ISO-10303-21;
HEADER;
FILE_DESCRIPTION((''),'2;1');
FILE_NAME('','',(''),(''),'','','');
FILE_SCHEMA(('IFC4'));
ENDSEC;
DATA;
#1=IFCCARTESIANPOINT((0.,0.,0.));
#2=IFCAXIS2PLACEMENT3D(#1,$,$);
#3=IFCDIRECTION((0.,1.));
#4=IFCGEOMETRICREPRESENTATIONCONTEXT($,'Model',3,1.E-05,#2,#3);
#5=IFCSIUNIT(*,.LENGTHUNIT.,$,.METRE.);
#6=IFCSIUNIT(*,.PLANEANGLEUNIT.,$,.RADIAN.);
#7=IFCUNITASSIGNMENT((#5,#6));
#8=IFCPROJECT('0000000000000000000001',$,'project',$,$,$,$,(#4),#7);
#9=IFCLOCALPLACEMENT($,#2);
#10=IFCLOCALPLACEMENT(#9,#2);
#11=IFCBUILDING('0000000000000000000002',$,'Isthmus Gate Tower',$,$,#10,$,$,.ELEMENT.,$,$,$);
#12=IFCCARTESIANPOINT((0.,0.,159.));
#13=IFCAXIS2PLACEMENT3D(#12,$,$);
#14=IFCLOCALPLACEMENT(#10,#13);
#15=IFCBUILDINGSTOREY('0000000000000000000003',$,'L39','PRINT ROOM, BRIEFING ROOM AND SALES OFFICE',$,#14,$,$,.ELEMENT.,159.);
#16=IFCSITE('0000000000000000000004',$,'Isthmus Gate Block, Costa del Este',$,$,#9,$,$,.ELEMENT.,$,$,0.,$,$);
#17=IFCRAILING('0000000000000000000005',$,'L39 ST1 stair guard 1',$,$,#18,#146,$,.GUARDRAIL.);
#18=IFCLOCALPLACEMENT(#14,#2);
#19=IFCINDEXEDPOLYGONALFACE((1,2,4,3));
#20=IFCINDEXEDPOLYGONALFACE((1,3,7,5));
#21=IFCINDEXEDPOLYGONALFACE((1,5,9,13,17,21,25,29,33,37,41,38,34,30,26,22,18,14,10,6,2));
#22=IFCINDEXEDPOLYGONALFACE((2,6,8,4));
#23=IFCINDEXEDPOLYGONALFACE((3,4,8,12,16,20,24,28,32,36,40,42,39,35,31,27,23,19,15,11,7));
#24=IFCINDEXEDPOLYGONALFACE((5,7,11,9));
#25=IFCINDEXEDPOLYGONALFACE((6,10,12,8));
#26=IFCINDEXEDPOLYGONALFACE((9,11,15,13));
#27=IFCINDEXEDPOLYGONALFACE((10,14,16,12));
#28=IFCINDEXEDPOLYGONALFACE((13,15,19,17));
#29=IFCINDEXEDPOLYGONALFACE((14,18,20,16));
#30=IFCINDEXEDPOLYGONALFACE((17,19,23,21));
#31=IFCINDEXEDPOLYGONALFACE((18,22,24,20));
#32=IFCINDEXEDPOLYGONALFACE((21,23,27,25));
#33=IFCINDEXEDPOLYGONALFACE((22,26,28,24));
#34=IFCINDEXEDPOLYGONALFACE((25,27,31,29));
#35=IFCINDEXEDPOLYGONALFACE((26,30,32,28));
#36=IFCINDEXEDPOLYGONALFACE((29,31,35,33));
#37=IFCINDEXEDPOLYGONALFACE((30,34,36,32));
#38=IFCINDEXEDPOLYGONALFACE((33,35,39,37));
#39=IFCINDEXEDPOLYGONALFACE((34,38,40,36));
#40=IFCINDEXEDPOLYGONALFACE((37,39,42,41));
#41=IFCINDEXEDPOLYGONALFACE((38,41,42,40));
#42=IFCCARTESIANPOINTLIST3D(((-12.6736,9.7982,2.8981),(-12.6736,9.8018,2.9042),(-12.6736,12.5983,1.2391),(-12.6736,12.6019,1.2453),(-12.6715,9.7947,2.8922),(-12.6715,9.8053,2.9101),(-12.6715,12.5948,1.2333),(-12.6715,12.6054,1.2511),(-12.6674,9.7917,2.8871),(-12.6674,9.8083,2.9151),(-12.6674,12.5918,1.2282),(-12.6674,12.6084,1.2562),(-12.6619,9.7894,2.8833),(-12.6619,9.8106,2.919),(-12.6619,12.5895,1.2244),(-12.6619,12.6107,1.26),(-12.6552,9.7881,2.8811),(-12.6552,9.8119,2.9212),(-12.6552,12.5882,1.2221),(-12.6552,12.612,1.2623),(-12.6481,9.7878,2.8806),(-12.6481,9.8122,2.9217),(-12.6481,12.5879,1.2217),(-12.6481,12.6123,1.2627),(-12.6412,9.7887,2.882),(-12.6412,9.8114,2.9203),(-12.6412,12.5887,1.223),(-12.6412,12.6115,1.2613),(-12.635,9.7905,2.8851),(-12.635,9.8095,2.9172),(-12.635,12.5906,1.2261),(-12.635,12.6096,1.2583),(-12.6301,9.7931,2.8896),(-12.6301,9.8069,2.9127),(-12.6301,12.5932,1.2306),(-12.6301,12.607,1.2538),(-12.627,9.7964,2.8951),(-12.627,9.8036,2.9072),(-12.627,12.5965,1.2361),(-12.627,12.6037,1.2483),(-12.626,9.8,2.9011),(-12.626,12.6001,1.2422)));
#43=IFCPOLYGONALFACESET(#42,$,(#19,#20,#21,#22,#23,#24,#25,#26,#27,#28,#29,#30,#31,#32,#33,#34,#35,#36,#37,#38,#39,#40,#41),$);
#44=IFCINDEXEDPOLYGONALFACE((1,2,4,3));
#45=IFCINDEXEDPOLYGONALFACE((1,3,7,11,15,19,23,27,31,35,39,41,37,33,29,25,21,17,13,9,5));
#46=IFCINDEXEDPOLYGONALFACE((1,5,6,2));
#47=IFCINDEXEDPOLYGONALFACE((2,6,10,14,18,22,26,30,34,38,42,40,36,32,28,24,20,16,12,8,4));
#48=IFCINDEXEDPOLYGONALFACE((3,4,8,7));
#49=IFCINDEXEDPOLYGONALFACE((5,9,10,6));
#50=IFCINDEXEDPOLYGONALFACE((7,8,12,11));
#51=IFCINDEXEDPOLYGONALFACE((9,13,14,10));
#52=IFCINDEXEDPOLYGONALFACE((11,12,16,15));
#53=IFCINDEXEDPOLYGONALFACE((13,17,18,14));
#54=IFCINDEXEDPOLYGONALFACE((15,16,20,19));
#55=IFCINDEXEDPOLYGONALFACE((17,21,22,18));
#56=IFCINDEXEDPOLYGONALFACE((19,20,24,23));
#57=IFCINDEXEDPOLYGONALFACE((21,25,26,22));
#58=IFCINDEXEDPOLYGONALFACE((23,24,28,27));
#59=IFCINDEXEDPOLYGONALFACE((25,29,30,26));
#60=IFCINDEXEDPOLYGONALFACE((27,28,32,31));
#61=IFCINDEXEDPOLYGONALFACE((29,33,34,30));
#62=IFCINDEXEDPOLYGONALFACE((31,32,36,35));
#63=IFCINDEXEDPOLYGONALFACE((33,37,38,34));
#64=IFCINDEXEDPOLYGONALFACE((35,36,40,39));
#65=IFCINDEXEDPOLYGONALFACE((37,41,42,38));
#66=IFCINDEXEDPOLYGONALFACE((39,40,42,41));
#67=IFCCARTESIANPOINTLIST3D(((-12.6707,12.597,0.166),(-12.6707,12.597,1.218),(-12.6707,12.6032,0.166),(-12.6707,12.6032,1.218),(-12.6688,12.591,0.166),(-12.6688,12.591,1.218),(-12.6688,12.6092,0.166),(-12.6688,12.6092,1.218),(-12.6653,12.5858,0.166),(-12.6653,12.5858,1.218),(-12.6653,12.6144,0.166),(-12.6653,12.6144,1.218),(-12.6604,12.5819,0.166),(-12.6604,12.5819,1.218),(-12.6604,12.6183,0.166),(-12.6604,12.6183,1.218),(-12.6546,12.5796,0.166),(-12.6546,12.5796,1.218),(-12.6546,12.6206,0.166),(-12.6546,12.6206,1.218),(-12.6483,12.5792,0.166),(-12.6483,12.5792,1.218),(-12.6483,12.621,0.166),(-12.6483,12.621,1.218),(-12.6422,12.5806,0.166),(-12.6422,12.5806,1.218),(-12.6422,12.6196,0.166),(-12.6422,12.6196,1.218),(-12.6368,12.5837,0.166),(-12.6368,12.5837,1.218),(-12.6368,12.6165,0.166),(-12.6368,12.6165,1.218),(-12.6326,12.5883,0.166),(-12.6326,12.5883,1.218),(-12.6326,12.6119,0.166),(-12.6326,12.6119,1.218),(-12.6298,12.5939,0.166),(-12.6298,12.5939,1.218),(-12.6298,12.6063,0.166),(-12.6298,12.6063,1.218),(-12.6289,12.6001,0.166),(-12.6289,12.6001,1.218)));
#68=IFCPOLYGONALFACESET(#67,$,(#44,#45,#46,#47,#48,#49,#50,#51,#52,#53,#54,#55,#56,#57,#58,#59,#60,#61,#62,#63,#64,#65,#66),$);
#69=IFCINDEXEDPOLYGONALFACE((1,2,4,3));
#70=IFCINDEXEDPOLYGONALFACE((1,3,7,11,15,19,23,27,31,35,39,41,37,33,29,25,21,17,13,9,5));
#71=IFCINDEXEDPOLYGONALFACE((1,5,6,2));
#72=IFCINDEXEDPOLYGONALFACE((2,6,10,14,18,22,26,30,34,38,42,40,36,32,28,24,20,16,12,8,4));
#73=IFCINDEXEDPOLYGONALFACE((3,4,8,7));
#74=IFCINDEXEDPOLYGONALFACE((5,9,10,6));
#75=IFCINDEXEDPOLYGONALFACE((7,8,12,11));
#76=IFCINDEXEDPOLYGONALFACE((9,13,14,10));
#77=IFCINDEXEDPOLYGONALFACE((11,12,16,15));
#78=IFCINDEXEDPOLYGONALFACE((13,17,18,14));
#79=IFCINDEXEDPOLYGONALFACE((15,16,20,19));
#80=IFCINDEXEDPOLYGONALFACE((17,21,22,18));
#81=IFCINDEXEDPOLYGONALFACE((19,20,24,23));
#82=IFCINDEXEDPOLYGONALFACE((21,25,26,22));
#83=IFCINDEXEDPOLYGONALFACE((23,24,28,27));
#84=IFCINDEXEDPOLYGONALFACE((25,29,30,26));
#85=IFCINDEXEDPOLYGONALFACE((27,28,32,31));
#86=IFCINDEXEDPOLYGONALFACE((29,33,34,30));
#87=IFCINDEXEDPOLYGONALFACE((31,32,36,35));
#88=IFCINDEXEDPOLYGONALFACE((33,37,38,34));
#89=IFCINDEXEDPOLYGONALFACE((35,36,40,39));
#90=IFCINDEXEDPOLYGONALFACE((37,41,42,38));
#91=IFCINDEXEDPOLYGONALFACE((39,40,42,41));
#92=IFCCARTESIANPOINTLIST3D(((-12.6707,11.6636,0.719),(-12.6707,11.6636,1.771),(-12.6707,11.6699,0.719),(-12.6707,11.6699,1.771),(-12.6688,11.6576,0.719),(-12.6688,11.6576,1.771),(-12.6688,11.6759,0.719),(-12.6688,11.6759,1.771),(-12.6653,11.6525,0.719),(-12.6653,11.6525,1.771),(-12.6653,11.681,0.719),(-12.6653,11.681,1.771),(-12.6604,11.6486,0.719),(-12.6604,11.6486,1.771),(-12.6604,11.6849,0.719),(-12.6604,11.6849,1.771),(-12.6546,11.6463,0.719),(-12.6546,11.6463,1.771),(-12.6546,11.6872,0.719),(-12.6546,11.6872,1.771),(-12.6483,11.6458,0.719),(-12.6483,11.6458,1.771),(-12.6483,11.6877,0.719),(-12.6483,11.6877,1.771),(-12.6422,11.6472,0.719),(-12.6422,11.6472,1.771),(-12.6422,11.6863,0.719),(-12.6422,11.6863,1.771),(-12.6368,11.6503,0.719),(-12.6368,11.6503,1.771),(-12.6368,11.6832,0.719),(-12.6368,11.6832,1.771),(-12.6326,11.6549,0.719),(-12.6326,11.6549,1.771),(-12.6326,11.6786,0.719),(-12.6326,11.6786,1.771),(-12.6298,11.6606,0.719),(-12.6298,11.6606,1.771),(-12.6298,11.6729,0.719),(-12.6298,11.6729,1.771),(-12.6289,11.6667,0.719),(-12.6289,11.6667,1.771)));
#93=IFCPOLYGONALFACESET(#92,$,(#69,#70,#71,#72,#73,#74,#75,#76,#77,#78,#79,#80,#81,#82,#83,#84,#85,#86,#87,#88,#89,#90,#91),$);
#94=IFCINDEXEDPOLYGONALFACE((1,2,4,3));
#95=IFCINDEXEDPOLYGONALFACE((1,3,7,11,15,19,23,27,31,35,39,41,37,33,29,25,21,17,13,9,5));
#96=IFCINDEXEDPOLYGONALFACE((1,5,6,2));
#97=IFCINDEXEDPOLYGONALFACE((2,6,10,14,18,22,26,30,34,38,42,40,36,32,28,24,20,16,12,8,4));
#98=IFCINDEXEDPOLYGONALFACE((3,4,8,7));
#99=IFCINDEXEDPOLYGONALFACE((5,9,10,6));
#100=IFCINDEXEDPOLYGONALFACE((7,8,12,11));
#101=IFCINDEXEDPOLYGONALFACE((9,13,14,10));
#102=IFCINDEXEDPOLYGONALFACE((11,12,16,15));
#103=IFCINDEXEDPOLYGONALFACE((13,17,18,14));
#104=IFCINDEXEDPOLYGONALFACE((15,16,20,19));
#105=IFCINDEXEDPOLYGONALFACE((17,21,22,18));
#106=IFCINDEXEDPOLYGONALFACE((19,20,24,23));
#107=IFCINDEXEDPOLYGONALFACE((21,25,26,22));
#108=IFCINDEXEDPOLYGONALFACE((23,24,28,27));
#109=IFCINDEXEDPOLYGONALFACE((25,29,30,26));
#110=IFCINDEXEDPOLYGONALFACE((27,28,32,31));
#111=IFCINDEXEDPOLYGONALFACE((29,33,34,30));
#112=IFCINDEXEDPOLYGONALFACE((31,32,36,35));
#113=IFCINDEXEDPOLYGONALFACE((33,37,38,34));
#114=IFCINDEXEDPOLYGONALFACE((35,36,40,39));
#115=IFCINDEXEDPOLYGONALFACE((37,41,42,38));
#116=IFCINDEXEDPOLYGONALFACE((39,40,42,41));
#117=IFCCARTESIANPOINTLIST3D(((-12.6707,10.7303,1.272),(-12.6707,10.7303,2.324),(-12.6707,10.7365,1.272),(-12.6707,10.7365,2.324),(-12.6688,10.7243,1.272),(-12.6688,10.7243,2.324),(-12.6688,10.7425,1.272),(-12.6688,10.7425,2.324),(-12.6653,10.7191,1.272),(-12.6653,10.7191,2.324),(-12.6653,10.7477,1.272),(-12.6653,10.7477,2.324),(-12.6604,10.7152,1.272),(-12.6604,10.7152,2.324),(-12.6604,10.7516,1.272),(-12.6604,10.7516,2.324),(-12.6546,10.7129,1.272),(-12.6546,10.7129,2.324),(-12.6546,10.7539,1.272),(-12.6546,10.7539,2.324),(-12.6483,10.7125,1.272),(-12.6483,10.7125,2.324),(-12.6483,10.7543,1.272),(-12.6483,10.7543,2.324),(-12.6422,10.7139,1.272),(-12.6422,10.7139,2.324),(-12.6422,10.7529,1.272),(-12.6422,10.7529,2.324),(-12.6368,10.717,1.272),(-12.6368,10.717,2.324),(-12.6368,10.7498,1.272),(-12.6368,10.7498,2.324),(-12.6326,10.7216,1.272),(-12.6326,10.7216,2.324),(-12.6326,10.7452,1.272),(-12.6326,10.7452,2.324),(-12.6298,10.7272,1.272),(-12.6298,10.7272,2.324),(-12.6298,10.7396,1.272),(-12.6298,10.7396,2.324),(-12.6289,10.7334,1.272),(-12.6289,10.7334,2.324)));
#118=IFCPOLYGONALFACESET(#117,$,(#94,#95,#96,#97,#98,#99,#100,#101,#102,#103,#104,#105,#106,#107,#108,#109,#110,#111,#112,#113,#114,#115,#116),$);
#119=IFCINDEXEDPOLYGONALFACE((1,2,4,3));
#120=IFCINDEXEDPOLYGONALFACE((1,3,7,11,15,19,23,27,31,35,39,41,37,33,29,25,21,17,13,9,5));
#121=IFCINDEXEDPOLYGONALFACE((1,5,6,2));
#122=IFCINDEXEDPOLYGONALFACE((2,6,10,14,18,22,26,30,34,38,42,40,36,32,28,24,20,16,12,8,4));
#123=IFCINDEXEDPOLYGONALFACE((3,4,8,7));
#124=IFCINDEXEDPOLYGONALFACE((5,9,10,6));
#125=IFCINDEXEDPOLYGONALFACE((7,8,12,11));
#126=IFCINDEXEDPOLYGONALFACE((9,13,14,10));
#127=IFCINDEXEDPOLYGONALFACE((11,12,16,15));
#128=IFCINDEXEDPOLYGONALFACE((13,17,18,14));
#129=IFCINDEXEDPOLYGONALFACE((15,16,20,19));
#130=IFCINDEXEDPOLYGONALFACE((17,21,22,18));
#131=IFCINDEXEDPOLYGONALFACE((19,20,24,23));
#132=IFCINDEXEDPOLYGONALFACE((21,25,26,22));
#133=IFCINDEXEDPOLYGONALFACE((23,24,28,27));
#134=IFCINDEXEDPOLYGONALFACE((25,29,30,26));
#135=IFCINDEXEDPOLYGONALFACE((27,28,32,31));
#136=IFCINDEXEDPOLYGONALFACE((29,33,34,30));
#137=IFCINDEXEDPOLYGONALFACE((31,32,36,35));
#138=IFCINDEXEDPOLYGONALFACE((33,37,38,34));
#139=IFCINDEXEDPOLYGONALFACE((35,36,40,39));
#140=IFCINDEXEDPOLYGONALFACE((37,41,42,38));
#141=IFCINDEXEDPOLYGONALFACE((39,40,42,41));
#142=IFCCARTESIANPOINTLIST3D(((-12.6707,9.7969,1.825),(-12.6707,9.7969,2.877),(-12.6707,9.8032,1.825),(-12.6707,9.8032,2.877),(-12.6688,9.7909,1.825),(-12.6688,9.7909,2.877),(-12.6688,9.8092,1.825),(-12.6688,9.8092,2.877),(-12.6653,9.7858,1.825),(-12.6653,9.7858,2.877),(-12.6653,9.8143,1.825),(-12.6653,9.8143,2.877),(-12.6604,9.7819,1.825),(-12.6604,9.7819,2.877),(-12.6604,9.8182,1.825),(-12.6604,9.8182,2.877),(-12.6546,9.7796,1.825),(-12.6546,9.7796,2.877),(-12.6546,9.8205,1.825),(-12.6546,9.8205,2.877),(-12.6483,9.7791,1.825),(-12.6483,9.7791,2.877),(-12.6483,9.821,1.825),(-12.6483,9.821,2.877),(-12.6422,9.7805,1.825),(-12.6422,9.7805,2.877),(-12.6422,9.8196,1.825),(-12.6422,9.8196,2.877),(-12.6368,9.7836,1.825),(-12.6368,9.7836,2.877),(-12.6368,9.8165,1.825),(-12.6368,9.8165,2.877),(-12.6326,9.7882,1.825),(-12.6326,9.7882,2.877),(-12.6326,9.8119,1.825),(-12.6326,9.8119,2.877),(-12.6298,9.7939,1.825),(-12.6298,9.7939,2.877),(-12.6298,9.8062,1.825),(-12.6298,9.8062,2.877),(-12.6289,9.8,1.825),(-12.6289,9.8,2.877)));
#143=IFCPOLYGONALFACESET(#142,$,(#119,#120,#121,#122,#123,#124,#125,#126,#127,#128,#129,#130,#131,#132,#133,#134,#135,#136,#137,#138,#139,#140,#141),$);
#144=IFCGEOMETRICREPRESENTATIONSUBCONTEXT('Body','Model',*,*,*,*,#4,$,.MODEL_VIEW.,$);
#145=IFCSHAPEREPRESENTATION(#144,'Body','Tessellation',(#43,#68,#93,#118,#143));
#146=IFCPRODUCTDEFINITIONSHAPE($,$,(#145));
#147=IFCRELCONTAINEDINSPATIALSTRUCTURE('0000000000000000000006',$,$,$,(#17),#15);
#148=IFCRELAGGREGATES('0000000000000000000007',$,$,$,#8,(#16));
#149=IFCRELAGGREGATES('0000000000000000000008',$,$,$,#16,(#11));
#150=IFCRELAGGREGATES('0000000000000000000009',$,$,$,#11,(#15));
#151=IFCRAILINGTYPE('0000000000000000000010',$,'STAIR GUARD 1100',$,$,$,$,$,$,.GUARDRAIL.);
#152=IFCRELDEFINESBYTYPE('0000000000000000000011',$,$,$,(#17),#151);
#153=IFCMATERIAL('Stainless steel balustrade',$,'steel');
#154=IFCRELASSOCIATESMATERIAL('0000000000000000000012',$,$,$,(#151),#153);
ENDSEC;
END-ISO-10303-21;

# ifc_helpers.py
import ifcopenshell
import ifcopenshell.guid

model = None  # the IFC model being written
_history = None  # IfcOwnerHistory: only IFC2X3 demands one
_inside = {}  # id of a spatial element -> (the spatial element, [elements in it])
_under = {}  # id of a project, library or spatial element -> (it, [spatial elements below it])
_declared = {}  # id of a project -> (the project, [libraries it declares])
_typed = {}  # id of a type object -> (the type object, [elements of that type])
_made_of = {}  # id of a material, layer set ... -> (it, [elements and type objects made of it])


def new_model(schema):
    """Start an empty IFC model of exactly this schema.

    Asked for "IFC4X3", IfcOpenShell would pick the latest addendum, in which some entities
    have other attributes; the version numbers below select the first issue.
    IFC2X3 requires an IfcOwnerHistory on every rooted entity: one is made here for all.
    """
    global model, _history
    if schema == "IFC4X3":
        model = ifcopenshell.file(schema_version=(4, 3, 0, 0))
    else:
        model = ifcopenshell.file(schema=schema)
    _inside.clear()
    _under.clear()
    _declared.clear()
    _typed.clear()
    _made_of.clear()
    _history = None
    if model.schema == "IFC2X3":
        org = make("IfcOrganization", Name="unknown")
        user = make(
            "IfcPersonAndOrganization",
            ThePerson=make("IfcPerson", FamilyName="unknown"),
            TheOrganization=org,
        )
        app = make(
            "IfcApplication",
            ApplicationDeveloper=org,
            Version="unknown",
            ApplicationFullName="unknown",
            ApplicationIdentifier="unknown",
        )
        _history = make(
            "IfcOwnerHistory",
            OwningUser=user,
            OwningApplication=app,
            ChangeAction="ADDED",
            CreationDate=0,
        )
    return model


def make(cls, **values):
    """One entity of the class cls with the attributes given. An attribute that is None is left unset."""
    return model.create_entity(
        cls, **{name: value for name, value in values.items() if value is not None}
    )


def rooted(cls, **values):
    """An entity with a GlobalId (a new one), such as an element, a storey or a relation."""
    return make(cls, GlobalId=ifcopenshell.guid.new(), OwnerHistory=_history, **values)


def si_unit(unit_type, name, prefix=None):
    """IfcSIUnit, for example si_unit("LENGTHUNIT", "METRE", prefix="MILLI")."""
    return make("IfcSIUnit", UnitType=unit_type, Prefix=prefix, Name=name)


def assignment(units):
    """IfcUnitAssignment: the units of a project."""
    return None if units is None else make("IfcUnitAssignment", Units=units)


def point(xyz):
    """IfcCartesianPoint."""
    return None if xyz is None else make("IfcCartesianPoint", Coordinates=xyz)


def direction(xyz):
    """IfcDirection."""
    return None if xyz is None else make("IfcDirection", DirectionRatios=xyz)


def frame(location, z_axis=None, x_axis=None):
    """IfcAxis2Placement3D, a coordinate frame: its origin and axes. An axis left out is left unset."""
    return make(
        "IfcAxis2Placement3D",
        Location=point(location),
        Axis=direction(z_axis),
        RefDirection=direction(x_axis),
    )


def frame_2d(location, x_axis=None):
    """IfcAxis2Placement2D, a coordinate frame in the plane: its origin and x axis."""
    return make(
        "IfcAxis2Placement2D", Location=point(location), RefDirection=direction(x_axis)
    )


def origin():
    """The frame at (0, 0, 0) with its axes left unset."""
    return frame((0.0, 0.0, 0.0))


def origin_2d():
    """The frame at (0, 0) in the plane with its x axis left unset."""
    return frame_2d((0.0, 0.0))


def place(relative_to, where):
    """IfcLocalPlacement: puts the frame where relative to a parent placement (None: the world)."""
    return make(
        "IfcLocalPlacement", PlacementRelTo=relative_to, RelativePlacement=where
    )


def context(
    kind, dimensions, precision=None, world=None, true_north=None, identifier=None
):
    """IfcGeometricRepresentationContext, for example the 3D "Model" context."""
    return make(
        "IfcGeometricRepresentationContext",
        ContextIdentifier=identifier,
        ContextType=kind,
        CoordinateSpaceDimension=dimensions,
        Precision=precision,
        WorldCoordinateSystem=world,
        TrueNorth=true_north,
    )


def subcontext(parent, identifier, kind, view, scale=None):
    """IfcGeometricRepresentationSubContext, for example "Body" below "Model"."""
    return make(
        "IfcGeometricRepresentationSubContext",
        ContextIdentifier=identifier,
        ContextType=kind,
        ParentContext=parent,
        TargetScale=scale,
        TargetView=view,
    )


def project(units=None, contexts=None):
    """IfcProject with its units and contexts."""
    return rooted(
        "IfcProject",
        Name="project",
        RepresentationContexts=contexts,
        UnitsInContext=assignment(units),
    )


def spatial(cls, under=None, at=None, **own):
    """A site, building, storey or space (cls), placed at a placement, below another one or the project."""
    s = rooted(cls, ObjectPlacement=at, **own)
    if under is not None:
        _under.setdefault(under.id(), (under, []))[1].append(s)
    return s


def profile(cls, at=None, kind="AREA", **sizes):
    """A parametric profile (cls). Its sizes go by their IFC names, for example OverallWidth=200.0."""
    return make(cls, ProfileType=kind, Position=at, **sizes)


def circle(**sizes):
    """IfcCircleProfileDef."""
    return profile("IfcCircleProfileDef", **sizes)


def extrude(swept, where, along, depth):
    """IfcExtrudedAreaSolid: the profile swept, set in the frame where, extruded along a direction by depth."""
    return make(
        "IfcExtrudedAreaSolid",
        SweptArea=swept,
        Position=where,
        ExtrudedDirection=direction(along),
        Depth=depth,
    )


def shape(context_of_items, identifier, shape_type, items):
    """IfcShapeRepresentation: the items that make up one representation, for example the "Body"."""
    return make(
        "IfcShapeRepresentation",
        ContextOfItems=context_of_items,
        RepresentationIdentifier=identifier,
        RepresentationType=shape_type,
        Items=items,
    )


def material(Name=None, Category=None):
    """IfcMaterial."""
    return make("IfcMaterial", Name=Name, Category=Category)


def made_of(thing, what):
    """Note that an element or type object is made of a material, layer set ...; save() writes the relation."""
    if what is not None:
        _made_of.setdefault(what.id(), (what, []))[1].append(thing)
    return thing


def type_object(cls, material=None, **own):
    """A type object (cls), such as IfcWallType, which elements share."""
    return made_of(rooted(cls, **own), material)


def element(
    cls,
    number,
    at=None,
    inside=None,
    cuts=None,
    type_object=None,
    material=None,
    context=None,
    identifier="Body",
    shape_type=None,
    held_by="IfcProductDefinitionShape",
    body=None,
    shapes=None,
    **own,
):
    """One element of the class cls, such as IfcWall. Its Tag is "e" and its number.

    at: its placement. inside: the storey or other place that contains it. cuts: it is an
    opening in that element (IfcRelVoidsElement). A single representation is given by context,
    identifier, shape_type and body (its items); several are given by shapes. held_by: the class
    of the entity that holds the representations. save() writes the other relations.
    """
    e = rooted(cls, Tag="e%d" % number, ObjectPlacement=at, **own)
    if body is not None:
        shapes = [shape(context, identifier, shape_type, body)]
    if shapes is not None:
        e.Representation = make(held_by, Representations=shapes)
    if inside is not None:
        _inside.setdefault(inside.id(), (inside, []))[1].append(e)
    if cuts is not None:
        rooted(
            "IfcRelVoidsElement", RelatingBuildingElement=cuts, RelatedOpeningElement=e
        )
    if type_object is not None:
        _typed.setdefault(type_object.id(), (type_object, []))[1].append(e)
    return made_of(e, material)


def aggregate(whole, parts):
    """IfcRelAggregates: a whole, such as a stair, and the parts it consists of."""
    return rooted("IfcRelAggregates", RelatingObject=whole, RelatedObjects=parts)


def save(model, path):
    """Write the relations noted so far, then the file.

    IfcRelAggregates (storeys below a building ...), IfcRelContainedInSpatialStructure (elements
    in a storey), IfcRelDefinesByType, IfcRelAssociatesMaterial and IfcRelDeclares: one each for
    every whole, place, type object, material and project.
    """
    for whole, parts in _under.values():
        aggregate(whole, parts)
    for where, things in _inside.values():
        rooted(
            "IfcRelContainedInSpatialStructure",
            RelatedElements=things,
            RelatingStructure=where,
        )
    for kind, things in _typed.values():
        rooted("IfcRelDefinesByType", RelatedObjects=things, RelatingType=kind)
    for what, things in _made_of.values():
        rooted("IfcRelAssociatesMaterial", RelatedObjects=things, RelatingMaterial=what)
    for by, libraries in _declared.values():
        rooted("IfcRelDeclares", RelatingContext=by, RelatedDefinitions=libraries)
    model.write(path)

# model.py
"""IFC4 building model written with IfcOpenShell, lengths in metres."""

from ifc_helpers import new_model, si_unit, direction, frame, origin, origin_2d, place, context, subcontext, project, spatial, circle, extrude, material, type_object, element, save


model = new_model("IFC4")

# Units and contexts
model_context = context("Model", 3, precision=1e-05, world=origin(), true_north=direction((0.0, 1.0)))
body_context = subcontext(model_context, "Body", "Model", "MODEL_VIEW")
ifc_project = project(units=[si_unit("LENGTHUNIT", "METRE"), si_unit("PLANEANGLEUNIT", "RADIAN")], contexts=[model_context])

# Site, building, storey
site_placement = place(None, origin())
site = spatial("IfcSite", under=ifc_project, at=site_placement, Name="Isthmus Gate Block, Costa del Este", CompositionType="ELEMENT", RefElevation=0.0)
building_placement = place(site_placement, origin())
building = spatial("IfcBuilding", under=site, at=building_placement, Name="Isthmus Gate Tower", CompositionType="ELEMENT")
storey_placement = place(building_placement, frame((0.0, 0.0, 159.0)))
storey = spatial("IfcBuildingStorey", under=building, at=storey_placement, Name="L39", Description="PRINT ROOM, BRIEFING ROOM AND SALES OFFICE", CompositionType="ELEMENT", Elevation=159.0)

# Railing
ifc_material_1 = material(Name="Stainless steel balustrade", Category="steel")
railing_type_1 = type_object("IfcRailingType", Name="STAIR GUARD 1100", PredefinedType="GUARDRAIL", material=ifc_material_1)
railing_1_placement = place(storey_placement, frame((-12.6499, 12.6001, 0.166)))
element("IfcRailing", 1, at=railing_1_placement, inside=storey, type_object=railing_type_1, Name="L39 ST1 stair guard 1", PredefinedType="GUARDRAIL", context=body_context, shape_type="SweptSolid", body=[
    extrude(circle(Radius=0.0239, at=origin_2d()), frame((0.0, 0.0, 1.0762), z_axis=(0.0, -0.860339, 0.509722), x_axis=(1.0, 0.0, 0.0)), (0.0, 0.0, 1.0), 3.2546),
    extrude(circle(Radius=0.021, at=origin_2d()), origin(), (0.0, 0.0, 1.0), 1.052),
    extrude(circle(Radius=0.021, at=origin_2d()), frame((0.0, -0.9333, 0.553)), (0.0, 0.0, 1.0), 1.052),
    extrude(circle(Radius=0.021, at=origin_2d()), frame((0.0, -1.8667, 1.106)), (0.0, 0.0, 1.0), 1.052),
    extrude(circle(Radius=0.021, at=origin_2d()), frame((0.0, -2.8, 1.6589)), (0.0, 0.0, 1.0), 1.052),
])

save(model, "model.ifc")
